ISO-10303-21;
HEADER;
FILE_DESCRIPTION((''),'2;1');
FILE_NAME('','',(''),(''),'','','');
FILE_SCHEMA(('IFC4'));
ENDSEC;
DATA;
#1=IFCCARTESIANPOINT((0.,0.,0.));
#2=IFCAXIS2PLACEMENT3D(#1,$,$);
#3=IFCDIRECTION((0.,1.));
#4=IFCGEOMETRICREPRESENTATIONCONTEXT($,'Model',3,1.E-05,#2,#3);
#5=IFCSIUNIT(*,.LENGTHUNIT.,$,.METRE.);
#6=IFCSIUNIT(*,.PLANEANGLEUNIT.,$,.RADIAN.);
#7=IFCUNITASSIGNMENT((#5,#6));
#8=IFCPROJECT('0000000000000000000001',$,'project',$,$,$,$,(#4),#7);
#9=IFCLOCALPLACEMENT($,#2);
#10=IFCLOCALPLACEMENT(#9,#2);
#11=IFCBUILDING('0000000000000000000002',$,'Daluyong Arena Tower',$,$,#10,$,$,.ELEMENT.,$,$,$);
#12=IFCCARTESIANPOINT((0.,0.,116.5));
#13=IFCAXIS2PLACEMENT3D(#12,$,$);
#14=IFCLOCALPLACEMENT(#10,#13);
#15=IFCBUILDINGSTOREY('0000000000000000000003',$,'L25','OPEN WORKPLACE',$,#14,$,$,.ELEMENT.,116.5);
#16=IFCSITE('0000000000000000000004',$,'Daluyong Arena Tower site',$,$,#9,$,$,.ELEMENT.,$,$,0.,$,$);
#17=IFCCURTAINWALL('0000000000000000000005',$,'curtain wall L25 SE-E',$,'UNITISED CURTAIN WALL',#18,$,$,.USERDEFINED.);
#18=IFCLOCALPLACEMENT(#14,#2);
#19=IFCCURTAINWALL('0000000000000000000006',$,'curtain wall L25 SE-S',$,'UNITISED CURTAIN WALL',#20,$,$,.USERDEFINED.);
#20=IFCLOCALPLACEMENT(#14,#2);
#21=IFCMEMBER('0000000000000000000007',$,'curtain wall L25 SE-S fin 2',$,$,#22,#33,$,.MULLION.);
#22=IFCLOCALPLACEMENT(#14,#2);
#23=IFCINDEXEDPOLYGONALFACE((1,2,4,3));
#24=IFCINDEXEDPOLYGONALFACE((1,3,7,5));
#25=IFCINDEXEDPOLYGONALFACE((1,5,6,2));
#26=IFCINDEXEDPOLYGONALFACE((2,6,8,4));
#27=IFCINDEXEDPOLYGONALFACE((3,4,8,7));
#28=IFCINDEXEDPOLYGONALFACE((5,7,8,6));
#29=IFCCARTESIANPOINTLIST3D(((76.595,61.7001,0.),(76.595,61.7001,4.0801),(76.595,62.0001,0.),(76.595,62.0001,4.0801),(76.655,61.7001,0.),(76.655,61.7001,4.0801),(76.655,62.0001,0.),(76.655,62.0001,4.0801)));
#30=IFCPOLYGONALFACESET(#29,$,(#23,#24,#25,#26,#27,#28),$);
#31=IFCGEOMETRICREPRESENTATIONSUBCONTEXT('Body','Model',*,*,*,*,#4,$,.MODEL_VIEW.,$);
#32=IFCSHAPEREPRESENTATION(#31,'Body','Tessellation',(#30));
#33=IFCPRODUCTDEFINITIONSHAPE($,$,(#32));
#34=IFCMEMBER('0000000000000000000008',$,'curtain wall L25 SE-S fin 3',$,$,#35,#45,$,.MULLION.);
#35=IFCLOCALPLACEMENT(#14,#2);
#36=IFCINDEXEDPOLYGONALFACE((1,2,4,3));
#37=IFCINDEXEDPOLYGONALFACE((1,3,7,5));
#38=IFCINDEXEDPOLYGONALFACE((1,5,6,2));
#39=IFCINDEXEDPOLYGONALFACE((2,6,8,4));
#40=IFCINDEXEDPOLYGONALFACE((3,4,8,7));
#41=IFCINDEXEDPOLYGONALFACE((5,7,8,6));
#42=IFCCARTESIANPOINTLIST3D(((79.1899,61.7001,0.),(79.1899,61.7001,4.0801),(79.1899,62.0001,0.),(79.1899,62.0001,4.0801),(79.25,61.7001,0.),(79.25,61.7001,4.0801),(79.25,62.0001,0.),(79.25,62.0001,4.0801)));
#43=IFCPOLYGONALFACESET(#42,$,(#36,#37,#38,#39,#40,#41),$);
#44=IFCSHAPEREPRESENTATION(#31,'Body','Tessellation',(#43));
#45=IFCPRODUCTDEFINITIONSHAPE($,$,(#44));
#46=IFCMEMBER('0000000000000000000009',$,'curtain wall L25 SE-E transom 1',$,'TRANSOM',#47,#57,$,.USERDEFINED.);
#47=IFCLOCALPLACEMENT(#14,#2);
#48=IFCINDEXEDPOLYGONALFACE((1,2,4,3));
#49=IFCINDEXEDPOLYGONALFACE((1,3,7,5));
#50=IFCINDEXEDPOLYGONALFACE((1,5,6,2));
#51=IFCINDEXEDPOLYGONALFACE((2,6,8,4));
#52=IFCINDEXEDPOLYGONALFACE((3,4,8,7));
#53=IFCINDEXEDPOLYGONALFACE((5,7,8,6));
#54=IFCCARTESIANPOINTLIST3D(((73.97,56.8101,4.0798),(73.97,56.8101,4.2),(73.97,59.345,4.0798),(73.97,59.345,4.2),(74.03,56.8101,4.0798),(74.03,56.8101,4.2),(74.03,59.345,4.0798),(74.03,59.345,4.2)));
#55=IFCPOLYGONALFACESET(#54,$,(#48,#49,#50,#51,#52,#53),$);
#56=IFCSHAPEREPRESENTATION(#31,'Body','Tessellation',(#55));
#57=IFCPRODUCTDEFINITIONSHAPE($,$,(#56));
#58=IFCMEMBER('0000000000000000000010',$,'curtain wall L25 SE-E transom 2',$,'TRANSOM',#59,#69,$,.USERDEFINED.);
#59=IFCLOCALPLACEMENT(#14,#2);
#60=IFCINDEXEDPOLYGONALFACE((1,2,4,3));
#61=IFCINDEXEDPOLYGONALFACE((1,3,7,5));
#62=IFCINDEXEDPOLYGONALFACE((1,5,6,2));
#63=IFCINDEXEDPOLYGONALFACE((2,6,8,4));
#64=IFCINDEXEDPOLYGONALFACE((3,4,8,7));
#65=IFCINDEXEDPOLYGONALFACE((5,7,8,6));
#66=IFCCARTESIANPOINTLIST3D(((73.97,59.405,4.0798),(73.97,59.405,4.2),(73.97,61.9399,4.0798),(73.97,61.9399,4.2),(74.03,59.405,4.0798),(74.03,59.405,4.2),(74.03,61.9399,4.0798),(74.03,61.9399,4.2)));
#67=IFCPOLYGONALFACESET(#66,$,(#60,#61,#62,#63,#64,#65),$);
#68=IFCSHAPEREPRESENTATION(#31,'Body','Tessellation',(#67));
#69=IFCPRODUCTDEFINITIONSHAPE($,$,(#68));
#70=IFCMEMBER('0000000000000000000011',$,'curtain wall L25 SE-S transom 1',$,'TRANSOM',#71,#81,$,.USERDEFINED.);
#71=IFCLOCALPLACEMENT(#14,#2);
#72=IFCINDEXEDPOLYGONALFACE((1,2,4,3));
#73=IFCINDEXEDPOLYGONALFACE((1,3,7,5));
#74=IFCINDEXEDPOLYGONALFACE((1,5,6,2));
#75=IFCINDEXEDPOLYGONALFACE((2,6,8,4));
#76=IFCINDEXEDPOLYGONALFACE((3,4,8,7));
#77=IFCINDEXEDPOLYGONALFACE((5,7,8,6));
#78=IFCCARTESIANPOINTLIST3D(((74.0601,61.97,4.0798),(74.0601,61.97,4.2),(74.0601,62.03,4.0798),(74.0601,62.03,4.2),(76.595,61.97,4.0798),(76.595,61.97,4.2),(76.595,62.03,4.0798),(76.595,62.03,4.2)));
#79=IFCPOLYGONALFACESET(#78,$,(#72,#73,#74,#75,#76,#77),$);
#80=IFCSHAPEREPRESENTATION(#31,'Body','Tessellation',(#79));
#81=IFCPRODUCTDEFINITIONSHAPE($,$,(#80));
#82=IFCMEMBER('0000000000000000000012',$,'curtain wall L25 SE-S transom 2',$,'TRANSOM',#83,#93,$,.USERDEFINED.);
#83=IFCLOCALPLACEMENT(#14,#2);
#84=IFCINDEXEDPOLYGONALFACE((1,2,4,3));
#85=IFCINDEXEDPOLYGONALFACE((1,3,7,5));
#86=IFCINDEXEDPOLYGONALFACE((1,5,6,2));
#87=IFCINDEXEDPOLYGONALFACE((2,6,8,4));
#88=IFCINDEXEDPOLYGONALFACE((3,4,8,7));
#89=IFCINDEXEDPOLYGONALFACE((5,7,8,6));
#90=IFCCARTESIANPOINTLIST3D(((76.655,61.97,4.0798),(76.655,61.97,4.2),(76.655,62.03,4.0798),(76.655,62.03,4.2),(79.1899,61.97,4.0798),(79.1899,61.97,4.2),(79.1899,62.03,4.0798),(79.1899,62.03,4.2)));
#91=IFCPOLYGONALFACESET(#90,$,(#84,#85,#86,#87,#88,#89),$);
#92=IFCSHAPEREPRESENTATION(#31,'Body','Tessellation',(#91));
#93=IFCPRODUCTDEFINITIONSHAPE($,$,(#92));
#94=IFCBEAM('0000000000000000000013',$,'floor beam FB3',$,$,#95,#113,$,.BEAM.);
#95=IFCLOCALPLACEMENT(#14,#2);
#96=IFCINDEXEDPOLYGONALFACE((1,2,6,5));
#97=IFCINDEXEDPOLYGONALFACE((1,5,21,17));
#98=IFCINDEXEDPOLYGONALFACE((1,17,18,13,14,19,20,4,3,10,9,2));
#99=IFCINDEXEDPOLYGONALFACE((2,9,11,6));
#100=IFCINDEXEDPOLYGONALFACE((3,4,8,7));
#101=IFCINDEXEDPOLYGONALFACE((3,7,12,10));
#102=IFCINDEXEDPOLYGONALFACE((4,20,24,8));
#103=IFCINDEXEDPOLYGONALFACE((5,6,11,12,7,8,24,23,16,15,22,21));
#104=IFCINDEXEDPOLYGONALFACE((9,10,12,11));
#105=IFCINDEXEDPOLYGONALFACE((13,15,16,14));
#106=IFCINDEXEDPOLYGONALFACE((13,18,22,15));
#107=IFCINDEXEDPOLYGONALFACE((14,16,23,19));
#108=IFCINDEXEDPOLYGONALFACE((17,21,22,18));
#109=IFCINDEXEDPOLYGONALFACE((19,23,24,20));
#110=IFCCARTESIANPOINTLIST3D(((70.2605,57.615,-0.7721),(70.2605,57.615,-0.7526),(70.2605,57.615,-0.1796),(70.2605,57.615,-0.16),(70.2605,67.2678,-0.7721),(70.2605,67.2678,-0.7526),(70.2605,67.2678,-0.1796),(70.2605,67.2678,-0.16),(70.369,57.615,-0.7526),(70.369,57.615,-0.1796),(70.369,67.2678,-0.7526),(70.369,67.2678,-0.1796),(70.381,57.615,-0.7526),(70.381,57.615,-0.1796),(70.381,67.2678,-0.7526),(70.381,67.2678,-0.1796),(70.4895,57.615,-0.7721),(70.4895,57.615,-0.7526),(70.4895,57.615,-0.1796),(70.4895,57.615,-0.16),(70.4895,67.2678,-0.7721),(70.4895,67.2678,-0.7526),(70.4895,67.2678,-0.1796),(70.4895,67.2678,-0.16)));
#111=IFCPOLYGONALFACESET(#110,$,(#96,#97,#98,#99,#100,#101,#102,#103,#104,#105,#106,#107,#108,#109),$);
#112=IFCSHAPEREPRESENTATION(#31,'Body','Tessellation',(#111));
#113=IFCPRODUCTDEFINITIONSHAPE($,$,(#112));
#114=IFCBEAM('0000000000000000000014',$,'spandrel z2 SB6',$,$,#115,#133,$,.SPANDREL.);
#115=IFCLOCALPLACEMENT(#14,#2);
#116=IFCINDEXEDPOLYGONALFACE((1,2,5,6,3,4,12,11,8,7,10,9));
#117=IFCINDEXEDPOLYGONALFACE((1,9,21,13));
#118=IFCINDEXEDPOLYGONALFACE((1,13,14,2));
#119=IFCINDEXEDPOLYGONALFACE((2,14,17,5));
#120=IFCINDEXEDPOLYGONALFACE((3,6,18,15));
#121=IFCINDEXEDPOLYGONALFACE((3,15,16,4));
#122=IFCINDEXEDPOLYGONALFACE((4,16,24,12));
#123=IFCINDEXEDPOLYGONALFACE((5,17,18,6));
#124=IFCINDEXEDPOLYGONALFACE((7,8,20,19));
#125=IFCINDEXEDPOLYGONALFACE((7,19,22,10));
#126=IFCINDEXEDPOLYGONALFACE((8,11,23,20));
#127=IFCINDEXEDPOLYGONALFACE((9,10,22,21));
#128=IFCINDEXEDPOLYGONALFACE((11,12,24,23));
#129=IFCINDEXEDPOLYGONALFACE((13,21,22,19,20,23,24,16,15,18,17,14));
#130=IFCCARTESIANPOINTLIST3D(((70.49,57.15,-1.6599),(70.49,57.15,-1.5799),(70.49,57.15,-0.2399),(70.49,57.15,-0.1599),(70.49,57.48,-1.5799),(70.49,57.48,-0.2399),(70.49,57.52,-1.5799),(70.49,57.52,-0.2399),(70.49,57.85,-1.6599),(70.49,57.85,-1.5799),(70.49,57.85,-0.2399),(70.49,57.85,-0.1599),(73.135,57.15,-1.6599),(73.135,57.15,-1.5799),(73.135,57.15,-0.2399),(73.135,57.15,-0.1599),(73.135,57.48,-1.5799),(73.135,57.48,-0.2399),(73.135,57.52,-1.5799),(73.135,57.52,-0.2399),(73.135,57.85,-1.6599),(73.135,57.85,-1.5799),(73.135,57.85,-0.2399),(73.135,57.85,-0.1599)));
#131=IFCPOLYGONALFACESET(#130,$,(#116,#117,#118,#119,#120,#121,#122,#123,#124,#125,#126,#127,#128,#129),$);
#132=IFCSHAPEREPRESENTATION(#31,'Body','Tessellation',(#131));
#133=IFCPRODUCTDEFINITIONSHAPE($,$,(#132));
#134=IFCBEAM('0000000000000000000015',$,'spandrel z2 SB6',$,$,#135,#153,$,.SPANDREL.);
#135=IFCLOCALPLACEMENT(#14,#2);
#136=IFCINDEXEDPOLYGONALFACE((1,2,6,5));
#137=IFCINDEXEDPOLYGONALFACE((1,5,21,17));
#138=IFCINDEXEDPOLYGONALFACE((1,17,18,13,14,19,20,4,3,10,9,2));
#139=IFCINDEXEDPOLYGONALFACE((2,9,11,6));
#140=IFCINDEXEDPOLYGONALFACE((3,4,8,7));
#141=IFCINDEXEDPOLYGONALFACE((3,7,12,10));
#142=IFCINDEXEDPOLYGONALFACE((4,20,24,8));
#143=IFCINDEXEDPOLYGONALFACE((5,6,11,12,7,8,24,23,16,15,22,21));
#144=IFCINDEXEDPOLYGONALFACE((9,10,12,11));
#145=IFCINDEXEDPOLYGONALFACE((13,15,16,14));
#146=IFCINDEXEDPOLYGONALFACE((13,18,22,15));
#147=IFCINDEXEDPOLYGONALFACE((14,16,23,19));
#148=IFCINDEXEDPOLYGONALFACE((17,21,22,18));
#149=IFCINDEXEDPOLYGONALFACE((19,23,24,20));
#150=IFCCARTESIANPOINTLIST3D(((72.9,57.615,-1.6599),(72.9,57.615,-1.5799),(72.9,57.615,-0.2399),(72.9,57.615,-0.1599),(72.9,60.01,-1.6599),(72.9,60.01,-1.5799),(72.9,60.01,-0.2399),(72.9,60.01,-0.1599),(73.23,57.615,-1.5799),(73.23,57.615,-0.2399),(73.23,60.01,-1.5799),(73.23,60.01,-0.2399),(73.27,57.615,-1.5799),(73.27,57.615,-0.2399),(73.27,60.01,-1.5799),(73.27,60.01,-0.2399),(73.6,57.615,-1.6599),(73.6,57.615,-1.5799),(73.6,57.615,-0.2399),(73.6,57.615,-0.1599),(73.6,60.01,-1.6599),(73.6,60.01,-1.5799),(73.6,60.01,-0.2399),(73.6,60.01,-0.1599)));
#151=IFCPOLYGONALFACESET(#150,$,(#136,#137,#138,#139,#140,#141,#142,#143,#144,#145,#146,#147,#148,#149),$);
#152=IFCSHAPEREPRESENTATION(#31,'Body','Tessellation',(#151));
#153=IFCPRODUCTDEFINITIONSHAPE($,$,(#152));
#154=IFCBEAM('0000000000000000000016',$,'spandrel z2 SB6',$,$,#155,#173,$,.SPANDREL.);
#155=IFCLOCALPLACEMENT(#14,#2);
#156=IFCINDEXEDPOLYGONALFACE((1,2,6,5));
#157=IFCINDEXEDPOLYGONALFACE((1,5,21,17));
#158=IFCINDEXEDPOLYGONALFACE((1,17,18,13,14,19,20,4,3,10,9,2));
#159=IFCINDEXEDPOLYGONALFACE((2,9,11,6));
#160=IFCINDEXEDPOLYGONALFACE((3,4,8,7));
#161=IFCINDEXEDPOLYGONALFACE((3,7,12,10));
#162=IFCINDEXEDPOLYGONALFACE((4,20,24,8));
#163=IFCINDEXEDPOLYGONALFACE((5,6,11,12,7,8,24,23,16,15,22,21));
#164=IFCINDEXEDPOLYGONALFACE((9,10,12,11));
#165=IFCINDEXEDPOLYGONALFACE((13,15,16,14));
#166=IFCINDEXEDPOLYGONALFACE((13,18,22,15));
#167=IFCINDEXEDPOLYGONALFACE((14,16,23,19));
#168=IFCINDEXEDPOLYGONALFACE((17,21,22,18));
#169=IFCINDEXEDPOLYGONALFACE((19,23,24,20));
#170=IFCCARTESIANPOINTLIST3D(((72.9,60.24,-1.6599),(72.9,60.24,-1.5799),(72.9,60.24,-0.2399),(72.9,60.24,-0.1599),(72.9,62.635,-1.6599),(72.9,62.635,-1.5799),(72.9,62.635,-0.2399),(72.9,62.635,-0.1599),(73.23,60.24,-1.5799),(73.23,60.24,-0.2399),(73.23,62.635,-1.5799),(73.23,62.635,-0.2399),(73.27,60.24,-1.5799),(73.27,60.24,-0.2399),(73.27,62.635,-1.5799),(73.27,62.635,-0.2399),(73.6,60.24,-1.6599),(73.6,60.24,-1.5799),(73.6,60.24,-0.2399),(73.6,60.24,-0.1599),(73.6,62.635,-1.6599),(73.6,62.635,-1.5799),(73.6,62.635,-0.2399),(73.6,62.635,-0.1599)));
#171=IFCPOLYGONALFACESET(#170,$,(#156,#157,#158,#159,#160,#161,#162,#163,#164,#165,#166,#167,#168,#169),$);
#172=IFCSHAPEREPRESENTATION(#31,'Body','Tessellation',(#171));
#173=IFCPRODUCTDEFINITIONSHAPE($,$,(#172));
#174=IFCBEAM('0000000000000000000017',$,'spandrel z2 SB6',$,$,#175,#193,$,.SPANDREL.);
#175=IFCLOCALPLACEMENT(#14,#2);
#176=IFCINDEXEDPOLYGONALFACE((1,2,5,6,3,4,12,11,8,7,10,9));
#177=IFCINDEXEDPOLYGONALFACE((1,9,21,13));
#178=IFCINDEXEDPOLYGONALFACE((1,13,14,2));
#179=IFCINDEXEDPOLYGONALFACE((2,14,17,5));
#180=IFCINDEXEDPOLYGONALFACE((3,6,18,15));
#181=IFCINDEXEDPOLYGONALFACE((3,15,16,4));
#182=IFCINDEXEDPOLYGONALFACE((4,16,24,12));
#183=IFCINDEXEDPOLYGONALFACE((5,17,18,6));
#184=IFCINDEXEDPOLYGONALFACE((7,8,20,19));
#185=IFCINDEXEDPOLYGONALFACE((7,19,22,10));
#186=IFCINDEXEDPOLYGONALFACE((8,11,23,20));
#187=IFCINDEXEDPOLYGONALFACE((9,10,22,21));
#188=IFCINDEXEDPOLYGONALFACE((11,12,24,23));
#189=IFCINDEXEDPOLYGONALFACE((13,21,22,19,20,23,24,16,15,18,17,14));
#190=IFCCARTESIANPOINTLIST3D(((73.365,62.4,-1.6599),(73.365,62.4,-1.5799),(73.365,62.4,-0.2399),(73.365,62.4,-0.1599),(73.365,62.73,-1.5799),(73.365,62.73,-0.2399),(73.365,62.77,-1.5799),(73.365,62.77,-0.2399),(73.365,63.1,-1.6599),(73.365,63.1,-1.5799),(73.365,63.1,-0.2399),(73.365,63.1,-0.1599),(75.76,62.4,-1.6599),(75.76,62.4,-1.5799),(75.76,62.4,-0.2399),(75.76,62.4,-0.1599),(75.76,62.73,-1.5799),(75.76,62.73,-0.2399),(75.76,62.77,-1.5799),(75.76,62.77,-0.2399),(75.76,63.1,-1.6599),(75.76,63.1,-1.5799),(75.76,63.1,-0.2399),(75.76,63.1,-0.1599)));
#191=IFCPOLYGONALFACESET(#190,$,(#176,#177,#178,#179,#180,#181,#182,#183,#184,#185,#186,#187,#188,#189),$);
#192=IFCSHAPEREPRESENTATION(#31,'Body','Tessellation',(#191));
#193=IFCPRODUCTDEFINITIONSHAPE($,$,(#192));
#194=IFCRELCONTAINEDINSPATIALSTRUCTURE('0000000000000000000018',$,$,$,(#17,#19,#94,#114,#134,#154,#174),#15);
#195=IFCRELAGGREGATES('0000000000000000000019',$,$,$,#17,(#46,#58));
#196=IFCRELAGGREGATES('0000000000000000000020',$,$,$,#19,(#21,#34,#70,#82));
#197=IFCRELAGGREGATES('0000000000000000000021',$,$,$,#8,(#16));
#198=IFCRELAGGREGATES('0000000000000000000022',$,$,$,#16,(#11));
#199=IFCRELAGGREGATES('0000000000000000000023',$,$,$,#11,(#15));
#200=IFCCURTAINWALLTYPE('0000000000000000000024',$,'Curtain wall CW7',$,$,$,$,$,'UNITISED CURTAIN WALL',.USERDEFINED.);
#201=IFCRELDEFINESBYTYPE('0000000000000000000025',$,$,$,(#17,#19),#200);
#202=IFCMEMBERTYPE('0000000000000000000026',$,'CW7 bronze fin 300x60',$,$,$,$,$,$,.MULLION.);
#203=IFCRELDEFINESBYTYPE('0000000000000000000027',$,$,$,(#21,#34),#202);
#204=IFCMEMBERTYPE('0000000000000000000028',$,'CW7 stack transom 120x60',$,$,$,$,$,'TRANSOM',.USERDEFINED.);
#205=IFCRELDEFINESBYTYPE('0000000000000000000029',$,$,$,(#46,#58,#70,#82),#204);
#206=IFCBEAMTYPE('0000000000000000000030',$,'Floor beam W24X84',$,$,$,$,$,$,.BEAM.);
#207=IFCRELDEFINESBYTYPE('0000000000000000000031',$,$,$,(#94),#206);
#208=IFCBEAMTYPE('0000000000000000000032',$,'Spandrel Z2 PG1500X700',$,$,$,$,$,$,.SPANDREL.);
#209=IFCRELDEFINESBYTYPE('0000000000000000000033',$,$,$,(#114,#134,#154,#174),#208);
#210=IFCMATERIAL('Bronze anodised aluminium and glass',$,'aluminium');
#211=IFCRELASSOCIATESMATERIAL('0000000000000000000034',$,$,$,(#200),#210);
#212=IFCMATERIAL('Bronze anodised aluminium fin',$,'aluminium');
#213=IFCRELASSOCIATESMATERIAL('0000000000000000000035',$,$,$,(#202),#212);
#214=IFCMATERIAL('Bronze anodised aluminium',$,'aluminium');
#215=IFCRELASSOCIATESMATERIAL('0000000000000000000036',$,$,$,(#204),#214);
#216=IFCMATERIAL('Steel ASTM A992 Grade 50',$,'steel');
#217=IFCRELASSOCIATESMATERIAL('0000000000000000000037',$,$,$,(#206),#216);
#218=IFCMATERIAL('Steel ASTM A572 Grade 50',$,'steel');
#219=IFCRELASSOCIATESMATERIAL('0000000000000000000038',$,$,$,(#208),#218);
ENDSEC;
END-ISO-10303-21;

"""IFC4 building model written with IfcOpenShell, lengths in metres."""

from ifc_helpers import new_model, si_unit, direction, frame, origin, origin_2d, place, context, subcontext, project, spatial, rectangle, i_section, extrude, material, material_profile, profile_set, type_object, element, aggregate, save


model = new_model("IFC4")

# Units and contexts
model_context = context("Model", 3, precision=1e-05, world=origin(), true_north=direction((0.0, 1.0)))
body_context = subcontext(model_context, "Body", "Model", "MODEL_VIEW")
ifc_project = project(units=[si_unit("LENGTHUNIT", "METRE"), si_unit("PLANEANGLEUNIT", "RADIAN")], contexts=[model_context])

# Site, building, storey
site_placement = place(None, origin())
site = spatial("IfcSite", under=ifc_project, at=site_placement, Name="Daluyong Arena Tower site", CompositionType="ELEMENT", RefElevation=0.0)
building_placement = place(site_placement, origin())
building = spatial("IfcBuilding", under=site, at=building_placement, Name="Daluyong Arena Tower", CompositionType="ELEMENT")
storey_placement = place(building_placement, frame((0.0, 0.0, 116.5)))
storey = spatial("IfcBuildingStorey", under=building, at=storey_placement, Name="L25", Description="OPEN WORKPLACE", CompositionType="ELEMENT", Elevation=116.5)

# Curtain walls, members
ifc_material_1 = material(Name="Bronze anodised aluminium and glass", Category="aluminium")
curtain_wall_type_1 = type_object("IfcCurtainWallType", Name="Curtain wall CW7", ElementType="UNITISED CURTAIN WALL", PredefinedType="USERDEFINED", material=ifc_material_1)
curtain_wall_1_placement = place(storey_placement, origin())
curtain_wall_1 = element("IfcCurtainWall", 1, at=curtain_wall_1_placement, inside=storey, type_object=curtain_wall_type_1, Name="curtain wall L25 SE-E", ObjectType="UNITISED CURTAIN WALL", PredefinedType="USERDEFINED")
ifc_material_2 = material(Name="Bronze anodised aluminium fin", Category="aluminium")
ifc_material_profile_1 = material_profile(ifc_material_2, rectangle(XDim=0.3, YDim=0.0601, at=origin_2d()))
ifc_profile_set_1 = profile_set([ifc_material_profile_1], Name="Bronze anodised aluminium fin")
member_type_1 = type_object("IfcMemberType", Name="CW7 bronze fin 300x60", PredefinedType="MULLION", material=ifc_profile_set_1)
curtain_wall_2_placement = place(storey_placement, origin())
curtain_wall_2 = element("IfcCurtainWall", 2, at=curtain_wall_2_placement, inside=storey, type_object=curtain_wall_type_1, Name="curtain wall L25 SE-S", ObjectType="UNITISED CURTAIN WALL", PredefinedType="USERDEFINED")
member_1_placement = place(storey_placement, frame((76.625, 61.8501, 0.0), z_axis=(0.0, 0.0, 1.0), x_axis=(0.0, 1.0, 0.0)))
member_1 = element("IfcMember", 3, at=member_1_placement, type_object=member_type_1, Name="curtain wall L25 SE-S fin 2", PredefinedType="MULLION", context=body_context, shape_type="SweptSolid", body=[
    extrude(rectangle(XDim=0.3, YDim=0.0601, at=origin_2d()), origin(), (0.0, 0.0, 1.0), 4.0801),
])
member_2_placement = place(storey_placement, frame((79.22, 61.8501, 0.0), z_axis=(0.0, 0.0, 1.0), x_axis=(0.0, 1.0, 0.0)))
member_2 = element("IfcMember", 4, at=member_2_placement, type_object=member_type_1, Name="curtain wall L25 SE-S fin 3", PredefinedType="MULLION", context=body_context, shape_type="SweptSolid", body=[
    extrude(rectangle(XDim=0.3, YDim=0.0601, at=origin_2d()), origin(), (0.0, 0.0, 1.0), 4.0801),
])

# Members
ifc_material_3 = material(Name="Bronze anodised aluminium", Category="aluminium")
ifc_material_profile_2 = material_profile(ifc_material_3, rectangle(XDim=0.0601, YDim=0.1201, at=origin_2d()))
ifc_profile_set_2 = profile_set([ifc_material_profile_2], Name="Bronze anodised aluminium")
member_type_2 = type_object("IfcMemberType", Name="CW7 stack transom 120x60", ElementType="TRANSOM", PredefinedType="USERDEFINED", material=ifc_profile_set_2)
member_3_placement = place(storey_placement, frame((74.0, 56.8101, 4.1399), z_axis=(0.0, 1.0, 0.0), x_axis=(-1.0, 0.0, 0.0)))
member_3 = element("IfcMember", 5, at=member_3_placement, type_object=member_type_2, Name="curtain wall L25 SE-E transom 1", ObjectType="TRANSOM", PredefinedType="USERDEFINED", context=body_context, shape_type="SweptSolid", body=[
    extrude(rectangle(XDim=0.0601, YDim=0.1201, at=origin_2d()), origin(), (0.0, 0.0, 1.0), 2.5349),
])
member_4_placement = place(storey_placement, frame((74.0, 59.405, 4.1399), z_axis=(0.0, 1.0, 0.0), x_axis=(-1.0, 0.0, 0.0)))
member_4 = element("IfcMember", 6, at=member_4_placement, type_object=member_type_2, Name="curtain wall L25 SE-E transom 2", ObjectType="TRANSOM", PredefinedType="USERDEFINED", context=body_context, shape_type="SweptSolid", body=[
    extrude(rectangle(XDim=0.0601, YDim=0.1201, at=origin_2d()), origin(), (0.0, 0.0, 1.0), 2.5349),
])
member_5_placement = place(storey_placement, frame((74.0601, 62.0, 4.1399), z_axis=(1.0, 0.0, 0.0), x_axis=(0.0, 1.0, 0.0)))
member_5 = element("IfcMember", 7, at=member_5_placement, type_object=member_type_2, Name="curtain wall L25 SE-S transom 1", ObjectType="TRANSOM", PredefinedType="USERDEFINED", context=body_context, shape_type="SweptSolid", body=[
    extrude(rectangle(XDim=0.0601, YDim=0.1201, at=origin_2d()), origin(), (0.0, 0.0, 1.0), 2.5349),
])
member_6_placement = place(storey_placement, frame((76.655, 62.0, 4.1399), z_axis=(1.0, 0.0, 0.0), x_axis=(0.0, 1.0, 0.0)))
member_6 = element("IfcMember", 8, at=member_6_placement, type_object=member_type_2, Name="curtain wall L25 SE-S transom 2", ObjectType="TRANSOM", PredefinedType="USERDEFINED", context=body_context, shape_type="SweptSolid", body=[
    extrude(rectangle(XDim=0.0601, YDim=0.1201, at=origin_2d()), origin(), (0.0, 0.0, 1.0), 2.5349),
])

# Beams
ifc_material_4 = material(Name="Steel ASTM A992 Grade 50", Category="steel")
ifc_material_profile_3 = material_profile(ifc_material_4, i_section(OverallWidth=0.229, OverallDepth=0.6121, WebThickness=0.012, FlangeThickness=0.0195, at=origin_2d()))
ifc_profile_set_3 = profile_set([ifc_material_profile_3], Name="Steel ASTM A992 Grade 50")
beam_type_1 = type_object("IfcBeamType", Name="Floor beam W24X84", PredefinedType="BEAM", material=ifc_profile_set_3)
beam_1_placement = place(storey_placement, frame((70.375, 57.615, -0.4661), z_axis=(0.0, 1.0, 0.0), x_axis=(-1.0, 0.0, 0.0)))
element("IfcBeam", 9, at=beam_1_placement, inside=storey, type_object=beam_type_1, Name="floor beam FB3", PredefinedType="BEAM", context=body_context, shape_type="SweptSolid", body=[
    extrude(i_section(OverallWidth=0.229, OverallDepth=0.6121, WebThickness=0.012, FlangeThickness=0.0195, at=origin_2d()), origin(), (0.0, 0.0, 1.0), 9.6528),
])
ifc_material_5 = material(Name="Steel ASTM A572 Grade 50", Category="steel")
ifc_material_profile_4 = material_profile(ifc_material_5, i_section(OverallWidth=0.7, OverallDepth=1.5, WebThickness=0.04, FlangeThickness=0.08, at=origin_2d()))
ifc_profile_set_4 = profile_set([ifc_material_profile_4], Name="Steel ASTM A572 Grade 50")
beam_type_2 = type_object("IfcBeamType", Name="Spandrel Z2 PG1500X700", PredefinedType="SPANDREL", material=ifc_profile_set_4)
beam_2_placement = place(storey_placement, frame((70.49, 57.5, -0.9099), z_axis=(1.0, 0.0, 0.0), x_axis=(0.0, 1.0, 0.0)))
element("IfcBeam", 10, at=beam_2_placement, inside=storey, type_object=beam_type_2, Name="spandrel z2 SB6", PredefinedType="SPANDREL", context=body_context, shape_type="SweptSolid", body=[
    extrude(i_section(OverallWidth=0.7, OverallDepth=1.5, WebThickness=0.04, FlangeThickness=0.08, at=origin_2d()), origin(), (0.0, 0.0, 1.0), 2.645),
])
for number, where, z_axis, x_axis, name in (
    (11, (73.25, 57.615, -0.9099), (0.0, 1.0, 0.0), (-1.0, 0.0, 0.0), "spandrel z2 SB6"),
    (12, (73.25, 60.24, -0.9099), (0.0, 1.0, 0.0), (-1.0, 0.0, 0.0), "spandrel z2 SB6"),
    (13, (73.365, 62.75, -0.9099), (1.0, 0.0, 0.0), (0.0, 1.0, 0.0), "spandrel z2 SB6"),
):
    element("IfcBeam", number, at=place(storey_placement, frame(where, z_axis=z_axis, x_axis=x_axis)), inside=storey, type_object=beam_type_2, Name=name, PredefinedType="SPANDREL", context=body_context, shape_type="SweptSolid", body=[
        extrude(i_section(OverallWidth=0.7, OverallDepth=1.5, WebThickness=0.04, FlangeThickness=0.08, at=origin_2d()), origin(), (0.0, 0.0, 1.0), 2.395),
    ])

aggregate(curtain_wall_1, [member_3, member_4])
aggregate(curtain_wall_2, [member_1, member_2, member_5, member_6])

save(model, "model.ifc")
